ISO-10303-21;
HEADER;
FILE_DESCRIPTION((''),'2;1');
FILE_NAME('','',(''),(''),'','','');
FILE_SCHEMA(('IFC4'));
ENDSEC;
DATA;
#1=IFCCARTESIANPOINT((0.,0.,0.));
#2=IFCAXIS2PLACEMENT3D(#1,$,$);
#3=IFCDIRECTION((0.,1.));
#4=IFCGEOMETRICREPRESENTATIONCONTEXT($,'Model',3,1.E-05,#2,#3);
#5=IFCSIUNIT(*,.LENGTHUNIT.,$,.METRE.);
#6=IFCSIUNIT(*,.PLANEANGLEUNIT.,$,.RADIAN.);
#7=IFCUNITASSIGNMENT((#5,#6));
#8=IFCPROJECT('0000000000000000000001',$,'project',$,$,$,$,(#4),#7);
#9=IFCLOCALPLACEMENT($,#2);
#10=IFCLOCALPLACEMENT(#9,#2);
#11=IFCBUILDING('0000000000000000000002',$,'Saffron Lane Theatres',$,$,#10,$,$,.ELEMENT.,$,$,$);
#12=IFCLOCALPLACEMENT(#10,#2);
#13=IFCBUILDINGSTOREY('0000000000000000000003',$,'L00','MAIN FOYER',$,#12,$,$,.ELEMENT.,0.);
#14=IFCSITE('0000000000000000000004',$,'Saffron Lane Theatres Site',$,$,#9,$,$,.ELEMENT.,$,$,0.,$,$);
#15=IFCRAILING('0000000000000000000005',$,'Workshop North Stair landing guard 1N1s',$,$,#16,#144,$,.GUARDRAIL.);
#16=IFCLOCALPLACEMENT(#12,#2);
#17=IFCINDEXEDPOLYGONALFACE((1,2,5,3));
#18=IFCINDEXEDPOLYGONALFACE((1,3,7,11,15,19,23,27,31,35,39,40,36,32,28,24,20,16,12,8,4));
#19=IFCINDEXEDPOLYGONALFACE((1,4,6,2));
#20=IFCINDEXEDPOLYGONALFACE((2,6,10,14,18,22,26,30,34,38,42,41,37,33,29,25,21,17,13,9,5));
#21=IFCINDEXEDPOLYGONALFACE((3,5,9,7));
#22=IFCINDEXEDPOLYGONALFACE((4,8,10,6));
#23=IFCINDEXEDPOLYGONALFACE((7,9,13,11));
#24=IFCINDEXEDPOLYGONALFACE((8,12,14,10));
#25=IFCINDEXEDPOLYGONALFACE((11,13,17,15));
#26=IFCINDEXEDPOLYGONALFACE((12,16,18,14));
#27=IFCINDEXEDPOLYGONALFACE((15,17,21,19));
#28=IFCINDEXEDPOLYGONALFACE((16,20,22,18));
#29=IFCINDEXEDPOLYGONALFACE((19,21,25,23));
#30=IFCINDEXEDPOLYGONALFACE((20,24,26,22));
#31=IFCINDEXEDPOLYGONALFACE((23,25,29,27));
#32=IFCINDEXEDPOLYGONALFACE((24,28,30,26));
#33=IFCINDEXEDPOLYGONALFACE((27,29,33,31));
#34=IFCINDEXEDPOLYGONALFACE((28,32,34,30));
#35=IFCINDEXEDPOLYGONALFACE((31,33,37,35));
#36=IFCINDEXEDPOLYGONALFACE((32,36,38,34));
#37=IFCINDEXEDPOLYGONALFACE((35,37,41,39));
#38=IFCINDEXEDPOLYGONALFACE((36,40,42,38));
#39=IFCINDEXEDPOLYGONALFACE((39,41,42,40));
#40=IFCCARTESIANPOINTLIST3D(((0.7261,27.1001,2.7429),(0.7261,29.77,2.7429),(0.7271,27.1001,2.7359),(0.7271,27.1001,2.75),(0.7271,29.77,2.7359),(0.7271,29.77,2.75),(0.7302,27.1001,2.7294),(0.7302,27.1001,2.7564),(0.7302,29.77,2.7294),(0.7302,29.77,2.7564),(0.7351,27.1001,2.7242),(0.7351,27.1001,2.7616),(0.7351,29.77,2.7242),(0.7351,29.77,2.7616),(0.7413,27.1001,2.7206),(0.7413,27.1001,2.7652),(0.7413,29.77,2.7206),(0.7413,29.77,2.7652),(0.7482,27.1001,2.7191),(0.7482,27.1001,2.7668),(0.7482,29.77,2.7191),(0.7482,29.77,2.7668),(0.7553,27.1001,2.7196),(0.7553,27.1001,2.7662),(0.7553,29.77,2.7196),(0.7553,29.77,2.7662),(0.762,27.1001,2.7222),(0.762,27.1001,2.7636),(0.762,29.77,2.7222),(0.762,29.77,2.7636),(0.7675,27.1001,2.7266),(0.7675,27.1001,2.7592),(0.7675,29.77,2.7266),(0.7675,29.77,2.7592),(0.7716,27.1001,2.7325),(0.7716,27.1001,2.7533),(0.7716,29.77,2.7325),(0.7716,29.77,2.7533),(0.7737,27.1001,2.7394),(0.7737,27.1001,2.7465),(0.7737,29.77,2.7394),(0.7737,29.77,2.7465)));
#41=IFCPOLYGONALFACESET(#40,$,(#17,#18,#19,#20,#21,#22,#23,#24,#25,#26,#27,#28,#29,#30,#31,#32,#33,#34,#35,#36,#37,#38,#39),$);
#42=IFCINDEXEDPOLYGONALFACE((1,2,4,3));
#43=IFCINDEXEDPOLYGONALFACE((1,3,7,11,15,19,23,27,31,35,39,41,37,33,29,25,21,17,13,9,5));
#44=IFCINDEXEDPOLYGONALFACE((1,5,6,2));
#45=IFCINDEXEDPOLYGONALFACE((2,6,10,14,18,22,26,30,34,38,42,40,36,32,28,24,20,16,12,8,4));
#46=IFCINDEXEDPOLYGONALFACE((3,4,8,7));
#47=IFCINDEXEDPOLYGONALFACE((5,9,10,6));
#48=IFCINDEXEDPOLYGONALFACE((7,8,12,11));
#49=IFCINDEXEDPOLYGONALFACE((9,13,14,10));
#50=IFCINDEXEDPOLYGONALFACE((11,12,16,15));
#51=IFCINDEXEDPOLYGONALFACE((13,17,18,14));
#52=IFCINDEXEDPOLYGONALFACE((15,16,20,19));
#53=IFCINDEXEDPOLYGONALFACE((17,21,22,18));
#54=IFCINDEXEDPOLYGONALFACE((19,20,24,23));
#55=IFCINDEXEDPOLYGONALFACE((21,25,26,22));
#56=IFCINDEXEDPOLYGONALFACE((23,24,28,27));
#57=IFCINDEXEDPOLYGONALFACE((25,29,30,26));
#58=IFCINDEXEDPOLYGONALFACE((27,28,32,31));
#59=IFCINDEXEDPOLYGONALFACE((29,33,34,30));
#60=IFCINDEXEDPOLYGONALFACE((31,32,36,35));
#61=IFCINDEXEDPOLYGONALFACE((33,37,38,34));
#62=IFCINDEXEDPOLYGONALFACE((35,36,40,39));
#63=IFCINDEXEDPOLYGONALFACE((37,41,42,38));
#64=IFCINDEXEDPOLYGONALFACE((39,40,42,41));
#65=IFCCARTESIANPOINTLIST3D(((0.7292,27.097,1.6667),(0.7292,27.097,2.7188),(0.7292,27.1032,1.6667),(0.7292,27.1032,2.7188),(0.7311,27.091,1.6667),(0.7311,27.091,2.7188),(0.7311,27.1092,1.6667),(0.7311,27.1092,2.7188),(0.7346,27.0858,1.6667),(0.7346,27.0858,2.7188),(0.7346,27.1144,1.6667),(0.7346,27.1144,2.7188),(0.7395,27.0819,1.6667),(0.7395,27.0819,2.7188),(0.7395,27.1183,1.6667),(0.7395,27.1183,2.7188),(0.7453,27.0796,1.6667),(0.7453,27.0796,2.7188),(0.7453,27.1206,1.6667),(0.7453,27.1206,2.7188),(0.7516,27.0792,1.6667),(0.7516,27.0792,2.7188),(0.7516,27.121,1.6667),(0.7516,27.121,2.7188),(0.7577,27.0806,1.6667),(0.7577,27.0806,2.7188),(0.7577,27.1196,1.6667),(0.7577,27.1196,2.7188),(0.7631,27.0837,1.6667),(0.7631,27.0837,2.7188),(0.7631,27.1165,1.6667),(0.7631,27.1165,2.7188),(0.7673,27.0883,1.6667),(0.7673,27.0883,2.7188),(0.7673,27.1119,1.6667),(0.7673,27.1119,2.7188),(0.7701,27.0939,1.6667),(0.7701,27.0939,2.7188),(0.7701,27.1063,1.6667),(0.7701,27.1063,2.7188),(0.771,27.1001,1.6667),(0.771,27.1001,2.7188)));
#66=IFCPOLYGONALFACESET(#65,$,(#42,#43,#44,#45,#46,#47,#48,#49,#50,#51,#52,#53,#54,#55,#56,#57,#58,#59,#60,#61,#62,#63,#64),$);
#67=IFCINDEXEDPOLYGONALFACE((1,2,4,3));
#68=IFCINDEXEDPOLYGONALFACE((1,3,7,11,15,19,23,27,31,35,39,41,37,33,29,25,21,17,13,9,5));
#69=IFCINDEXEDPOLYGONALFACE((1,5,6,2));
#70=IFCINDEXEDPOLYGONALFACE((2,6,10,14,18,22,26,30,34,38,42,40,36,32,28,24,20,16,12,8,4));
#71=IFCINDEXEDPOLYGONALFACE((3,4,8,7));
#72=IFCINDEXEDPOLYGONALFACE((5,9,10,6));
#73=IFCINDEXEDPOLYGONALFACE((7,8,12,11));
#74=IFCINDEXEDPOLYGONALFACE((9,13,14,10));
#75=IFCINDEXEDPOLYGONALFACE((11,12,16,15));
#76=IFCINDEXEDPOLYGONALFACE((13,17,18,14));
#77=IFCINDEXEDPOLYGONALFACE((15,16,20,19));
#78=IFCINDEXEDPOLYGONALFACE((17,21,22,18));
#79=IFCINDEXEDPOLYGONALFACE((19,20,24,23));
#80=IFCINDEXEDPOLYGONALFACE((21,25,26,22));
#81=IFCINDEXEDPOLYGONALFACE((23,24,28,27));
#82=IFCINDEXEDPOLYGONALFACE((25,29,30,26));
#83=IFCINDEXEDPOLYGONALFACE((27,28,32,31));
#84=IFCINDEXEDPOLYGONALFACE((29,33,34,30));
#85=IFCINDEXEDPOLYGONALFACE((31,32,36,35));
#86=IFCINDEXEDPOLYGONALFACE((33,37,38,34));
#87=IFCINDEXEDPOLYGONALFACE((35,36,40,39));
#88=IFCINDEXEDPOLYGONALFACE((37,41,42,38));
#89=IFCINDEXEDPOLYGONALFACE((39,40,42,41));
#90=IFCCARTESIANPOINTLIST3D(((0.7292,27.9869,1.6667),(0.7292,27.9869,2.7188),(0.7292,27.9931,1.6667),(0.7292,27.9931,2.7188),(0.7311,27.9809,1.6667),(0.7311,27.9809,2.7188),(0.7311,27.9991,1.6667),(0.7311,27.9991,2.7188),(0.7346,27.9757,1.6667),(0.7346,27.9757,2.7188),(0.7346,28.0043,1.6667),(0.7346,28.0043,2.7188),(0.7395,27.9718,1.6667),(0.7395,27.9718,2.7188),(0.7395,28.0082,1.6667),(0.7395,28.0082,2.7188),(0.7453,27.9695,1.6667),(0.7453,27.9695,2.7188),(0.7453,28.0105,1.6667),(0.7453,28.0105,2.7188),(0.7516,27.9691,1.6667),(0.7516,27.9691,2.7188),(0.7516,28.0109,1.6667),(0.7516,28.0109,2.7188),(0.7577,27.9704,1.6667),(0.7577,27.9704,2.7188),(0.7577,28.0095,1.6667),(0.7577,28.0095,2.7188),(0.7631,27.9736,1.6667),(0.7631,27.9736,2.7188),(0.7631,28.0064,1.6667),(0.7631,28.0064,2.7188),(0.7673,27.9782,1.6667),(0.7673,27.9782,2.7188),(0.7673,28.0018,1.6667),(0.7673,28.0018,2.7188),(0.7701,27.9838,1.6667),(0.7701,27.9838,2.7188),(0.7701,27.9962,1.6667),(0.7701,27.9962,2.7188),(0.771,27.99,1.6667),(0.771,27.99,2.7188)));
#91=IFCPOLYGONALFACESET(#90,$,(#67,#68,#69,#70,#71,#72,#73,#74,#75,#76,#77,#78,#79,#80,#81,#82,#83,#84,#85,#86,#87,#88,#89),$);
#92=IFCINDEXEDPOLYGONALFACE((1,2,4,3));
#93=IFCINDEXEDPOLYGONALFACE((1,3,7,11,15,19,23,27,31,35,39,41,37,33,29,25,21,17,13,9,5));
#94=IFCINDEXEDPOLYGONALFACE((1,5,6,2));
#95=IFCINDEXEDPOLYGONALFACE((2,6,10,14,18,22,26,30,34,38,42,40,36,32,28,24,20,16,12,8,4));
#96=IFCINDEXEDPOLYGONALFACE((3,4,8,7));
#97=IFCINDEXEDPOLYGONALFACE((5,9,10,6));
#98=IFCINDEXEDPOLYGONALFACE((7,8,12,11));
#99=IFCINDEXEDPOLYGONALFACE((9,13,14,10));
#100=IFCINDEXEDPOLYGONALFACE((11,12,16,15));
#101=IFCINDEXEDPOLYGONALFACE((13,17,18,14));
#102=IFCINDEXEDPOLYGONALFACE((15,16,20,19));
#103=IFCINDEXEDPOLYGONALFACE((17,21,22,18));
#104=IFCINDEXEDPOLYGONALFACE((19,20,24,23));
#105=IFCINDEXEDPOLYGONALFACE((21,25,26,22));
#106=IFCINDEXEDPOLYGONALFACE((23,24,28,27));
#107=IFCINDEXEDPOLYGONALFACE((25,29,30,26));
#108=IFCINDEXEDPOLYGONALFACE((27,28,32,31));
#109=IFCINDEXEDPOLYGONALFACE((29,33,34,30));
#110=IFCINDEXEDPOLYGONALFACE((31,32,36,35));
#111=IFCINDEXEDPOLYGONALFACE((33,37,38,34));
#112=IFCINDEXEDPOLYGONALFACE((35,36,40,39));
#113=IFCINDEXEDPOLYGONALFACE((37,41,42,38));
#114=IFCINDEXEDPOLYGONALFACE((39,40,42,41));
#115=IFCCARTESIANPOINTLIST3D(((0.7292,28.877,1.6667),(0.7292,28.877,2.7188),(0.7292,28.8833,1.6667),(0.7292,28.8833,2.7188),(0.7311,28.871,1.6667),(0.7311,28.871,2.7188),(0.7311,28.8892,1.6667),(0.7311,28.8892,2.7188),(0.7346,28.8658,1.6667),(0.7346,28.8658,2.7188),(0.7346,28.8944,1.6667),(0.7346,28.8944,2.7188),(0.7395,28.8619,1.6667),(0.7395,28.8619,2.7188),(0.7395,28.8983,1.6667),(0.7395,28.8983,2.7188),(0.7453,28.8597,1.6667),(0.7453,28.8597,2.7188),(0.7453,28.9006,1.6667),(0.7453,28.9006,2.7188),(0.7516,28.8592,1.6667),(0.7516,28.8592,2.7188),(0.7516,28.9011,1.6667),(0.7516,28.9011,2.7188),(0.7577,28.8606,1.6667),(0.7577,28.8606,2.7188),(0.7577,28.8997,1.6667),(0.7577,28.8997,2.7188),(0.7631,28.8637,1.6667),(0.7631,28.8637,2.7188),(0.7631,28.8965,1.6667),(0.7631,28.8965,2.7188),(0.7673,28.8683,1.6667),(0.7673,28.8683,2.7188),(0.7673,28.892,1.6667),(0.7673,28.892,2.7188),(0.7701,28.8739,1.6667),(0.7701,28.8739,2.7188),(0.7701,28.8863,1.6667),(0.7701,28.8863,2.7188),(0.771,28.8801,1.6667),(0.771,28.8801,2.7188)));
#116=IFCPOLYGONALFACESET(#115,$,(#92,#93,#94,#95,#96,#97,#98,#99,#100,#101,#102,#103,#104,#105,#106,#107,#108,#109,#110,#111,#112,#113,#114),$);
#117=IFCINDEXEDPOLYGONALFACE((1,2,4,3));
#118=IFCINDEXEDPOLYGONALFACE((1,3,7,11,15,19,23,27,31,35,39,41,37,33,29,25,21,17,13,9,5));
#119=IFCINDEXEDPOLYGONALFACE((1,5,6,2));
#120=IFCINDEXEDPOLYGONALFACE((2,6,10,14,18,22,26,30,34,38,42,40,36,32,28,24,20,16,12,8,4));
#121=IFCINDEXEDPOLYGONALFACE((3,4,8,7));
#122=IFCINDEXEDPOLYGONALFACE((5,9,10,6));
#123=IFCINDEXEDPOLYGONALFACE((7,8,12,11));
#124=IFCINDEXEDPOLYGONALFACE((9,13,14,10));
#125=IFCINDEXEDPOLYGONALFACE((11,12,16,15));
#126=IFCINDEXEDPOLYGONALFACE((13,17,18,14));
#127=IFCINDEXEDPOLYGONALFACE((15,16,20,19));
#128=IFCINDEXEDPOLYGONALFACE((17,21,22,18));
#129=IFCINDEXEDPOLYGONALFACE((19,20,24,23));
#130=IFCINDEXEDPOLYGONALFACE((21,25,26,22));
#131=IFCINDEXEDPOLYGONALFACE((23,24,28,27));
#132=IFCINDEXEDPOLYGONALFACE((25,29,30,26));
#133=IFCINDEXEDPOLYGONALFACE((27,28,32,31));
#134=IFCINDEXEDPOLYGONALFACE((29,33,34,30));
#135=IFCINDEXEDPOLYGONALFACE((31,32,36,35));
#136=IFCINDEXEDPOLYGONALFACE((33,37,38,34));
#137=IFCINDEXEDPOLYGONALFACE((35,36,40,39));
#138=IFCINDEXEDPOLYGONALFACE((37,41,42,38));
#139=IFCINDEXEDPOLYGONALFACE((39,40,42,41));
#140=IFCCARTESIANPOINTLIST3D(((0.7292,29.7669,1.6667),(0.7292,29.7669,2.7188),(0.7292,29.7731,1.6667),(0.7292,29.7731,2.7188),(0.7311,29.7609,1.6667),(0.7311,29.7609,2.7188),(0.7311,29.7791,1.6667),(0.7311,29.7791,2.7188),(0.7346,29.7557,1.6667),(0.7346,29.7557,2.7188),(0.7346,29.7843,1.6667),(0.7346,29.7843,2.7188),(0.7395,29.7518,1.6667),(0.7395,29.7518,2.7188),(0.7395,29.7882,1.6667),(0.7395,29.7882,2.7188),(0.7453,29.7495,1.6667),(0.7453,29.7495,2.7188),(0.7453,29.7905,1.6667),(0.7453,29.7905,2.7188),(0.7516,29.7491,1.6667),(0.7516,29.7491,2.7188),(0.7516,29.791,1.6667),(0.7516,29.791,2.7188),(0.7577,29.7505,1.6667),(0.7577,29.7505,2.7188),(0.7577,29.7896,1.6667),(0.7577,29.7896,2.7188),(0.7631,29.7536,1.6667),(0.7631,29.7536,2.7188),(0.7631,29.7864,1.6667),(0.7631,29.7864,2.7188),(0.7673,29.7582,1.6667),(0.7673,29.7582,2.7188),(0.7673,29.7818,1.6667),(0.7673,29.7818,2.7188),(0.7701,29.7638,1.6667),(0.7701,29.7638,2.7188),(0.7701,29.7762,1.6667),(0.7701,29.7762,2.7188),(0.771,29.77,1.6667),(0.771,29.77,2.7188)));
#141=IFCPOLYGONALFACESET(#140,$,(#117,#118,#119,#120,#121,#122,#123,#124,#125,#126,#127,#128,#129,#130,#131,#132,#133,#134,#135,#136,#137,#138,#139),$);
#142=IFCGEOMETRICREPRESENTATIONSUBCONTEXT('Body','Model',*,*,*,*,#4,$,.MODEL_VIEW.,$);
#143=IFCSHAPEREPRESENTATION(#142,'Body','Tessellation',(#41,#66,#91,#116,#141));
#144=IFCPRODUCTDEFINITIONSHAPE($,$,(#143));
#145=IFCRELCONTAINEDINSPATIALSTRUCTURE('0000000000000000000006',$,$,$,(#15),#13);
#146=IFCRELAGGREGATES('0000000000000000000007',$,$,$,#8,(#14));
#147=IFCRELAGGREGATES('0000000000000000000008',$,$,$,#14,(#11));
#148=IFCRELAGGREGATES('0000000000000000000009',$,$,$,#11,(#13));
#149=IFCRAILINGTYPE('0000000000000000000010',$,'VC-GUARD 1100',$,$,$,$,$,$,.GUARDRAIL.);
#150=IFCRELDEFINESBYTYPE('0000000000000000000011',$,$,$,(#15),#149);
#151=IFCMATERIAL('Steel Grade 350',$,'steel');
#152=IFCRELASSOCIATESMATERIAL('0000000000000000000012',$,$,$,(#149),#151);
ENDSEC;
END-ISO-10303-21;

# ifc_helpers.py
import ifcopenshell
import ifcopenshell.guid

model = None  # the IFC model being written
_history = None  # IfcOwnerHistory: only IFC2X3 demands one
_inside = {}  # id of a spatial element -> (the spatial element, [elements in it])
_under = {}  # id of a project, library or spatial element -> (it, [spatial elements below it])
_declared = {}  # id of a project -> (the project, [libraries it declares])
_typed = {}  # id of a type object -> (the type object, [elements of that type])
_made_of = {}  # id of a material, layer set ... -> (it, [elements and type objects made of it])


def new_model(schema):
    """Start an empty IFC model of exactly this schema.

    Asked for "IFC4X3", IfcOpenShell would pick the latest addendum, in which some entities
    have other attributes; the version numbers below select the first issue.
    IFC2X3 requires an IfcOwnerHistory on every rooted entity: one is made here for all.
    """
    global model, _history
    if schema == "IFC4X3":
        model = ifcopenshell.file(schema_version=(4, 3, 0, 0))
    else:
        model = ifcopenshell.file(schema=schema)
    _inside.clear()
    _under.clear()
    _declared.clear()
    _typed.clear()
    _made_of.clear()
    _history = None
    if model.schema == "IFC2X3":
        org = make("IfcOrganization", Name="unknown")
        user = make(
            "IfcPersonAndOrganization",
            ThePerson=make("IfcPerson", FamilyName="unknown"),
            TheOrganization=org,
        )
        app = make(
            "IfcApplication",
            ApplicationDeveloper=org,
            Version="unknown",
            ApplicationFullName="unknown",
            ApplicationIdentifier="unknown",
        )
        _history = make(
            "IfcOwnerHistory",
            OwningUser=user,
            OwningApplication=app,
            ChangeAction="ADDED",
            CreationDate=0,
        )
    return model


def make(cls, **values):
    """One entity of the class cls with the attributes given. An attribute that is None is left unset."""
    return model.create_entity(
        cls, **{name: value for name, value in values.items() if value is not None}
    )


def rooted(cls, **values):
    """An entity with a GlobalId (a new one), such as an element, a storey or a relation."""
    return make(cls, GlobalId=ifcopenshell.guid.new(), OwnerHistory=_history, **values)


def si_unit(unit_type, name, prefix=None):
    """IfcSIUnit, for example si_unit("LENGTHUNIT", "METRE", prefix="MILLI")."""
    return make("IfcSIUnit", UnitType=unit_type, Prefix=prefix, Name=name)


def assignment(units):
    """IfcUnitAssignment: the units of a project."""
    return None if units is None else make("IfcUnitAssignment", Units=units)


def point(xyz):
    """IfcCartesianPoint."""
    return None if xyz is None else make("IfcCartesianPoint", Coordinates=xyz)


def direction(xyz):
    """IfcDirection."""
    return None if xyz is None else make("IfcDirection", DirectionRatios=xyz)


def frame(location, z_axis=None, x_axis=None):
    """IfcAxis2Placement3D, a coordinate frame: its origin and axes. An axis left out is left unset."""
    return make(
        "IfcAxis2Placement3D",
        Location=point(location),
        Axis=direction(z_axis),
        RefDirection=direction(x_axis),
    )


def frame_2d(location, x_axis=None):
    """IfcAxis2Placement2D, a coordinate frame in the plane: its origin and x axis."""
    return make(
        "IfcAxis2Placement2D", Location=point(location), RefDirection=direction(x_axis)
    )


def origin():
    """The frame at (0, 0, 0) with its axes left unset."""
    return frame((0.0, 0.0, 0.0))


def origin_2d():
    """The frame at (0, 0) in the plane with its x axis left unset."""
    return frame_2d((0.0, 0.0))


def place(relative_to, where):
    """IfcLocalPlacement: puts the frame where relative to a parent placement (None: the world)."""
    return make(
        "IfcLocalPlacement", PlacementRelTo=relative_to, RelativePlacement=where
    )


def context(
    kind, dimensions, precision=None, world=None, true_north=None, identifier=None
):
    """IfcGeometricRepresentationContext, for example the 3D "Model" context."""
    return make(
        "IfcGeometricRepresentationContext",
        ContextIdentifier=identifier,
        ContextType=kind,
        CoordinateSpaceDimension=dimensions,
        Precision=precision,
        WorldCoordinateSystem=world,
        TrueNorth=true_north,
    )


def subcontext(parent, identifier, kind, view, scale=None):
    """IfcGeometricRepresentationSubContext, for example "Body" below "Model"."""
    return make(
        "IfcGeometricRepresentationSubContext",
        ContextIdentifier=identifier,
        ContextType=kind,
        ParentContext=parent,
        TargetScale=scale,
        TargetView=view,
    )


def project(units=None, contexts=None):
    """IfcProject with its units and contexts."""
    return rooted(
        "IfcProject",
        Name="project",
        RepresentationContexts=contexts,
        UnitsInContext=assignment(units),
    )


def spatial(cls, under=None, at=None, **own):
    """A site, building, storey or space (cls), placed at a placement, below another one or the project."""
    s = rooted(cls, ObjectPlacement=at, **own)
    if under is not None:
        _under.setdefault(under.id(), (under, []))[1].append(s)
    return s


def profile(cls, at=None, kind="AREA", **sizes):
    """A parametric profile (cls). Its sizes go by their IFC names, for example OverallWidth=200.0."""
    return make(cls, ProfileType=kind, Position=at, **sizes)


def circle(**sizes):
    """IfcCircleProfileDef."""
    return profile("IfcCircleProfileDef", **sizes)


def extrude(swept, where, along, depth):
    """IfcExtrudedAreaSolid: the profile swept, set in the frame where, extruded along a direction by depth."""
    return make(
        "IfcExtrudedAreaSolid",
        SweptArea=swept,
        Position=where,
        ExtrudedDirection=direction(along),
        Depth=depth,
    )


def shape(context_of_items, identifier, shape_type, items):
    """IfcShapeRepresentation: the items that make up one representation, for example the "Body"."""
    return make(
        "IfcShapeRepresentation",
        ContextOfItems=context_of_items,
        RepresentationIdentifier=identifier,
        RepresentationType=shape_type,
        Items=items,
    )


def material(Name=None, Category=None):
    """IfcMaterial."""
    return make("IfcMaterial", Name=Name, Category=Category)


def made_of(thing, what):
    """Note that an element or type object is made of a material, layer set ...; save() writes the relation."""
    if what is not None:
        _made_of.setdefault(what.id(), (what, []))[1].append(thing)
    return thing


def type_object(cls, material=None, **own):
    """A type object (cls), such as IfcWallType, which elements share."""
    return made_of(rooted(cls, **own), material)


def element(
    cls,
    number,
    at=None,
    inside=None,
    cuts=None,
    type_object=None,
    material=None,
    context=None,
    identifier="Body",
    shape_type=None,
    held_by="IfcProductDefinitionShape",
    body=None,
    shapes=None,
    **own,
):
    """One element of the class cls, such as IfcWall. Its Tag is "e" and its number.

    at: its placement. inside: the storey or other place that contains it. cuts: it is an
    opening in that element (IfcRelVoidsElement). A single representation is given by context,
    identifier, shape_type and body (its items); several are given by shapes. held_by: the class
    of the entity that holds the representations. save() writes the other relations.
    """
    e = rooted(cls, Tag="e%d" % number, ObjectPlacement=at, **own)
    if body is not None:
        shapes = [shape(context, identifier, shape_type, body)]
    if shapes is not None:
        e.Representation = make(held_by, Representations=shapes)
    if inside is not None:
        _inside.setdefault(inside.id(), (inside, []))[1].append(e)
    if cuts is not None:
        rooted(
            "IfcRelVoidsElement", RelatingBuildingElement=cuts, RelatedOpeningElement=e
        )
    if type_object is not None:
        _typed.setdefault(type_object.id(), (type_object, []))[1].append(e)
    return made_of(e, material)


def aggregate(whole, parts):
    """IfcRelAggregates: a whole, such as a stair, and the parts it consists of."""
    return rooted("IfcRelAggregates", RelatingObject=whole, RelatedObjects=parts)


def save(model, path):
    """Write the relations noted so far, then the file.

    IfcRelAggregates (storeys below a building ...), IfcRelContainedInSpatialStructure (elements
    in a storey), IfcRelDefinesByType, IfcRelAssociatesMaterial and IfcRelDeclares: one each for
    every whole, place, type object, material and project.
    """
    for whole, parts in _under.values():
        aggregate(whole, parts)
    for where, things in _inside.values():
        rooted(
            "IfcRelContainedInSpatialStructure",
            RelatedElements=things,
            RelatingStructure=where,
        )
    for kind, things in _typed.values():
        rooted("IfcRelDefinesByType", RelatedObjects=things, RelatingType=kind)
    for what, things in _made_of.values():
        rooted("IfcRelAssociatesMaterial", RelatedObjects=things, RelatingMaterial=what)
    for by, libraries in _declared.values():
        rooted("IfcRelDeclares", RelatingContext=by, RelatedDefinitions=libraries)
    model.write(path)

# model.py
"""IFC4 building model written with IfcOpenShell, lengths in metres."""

from ifc_helpers import new_model, si_unit, direction, frame, origin, origin_2d, place, context, subcontext, project, spatial, circle, extrude, material, type_object, element, save


model = new_model("IFC4")

# Units and contexts
model_context = context("Model", 3, precision=1e-05, world=origin(), true_north=direction((0.0, 1.0)))
body_context = subcontext(model_context, "Body", "Model", "MODEL_VIEW")
ifc_project = project(units=[si_unit("LENGTHUNIT", "METRE"), si_unit("PLANEANGLEUNIT", "RADIAN")], contexts=[model_context])

# Site, building, storey
site_placement = place(None, origin())
site = spatial("IfcSite", under=ifc_project, at=site_placement, Name="Saffron Lane Theatres Site", CompositionType="ELEMENT", RefElevation=0.0)
building_placement = place(site_placement, origin())
building = spatial("IfcBuilding", under=site, at=building_placement, Name="Saffron Lane Theatres", CompositionType="ELEMENT")
storey_placement = place(building_placement, origin())
storey = spatial("IfcBuildingStorey", under=building, at=storey_placement, Name="L00", Description="MAIN FOYER", CompositionType="ELEMENT", Elevation=0.0)

# Railing
ifc_material_1 = material(Name="Steel Grade 350", Category="steel")
railing_type_1 = type_object("IfcRailingType", Name="VC-GUARD 1100", PredefinedType="GUARDRAIL", material=ifc_material_1)
railing_1_placement = place(storey_placement, frame((0.75, 27.1001, 1.6667)))
element("IfcRailing", 1, at=railing_1_placement, inside=storey, type_object=railing_type_1, Name="Workshop North Stair landing guard 1N1s", PredefinedType="GUARDRAIL", context=body_context, shape_type="SweptSolid", body=[
    extrude(circle(Radius=0.0239, at=origin_2d()), frame((0.0, 0.0, 1.0762), z_axis=(0.0, 1.0, 0.0), x_axis=(-1.0, 0.0, 0.0)), (0.0, 0.0, 1.0), 2.6699),
    extrude(circle(Radius=0.021, at=origin_2d()), origin(), (0.0, 0.0, 1.0), 1.052),
    extrude(circle(Radius=0.021, at=origin_2d()), frame((0.0, 0.8899, 0.0)), (0.0, 0.0, 1.0), 1.052),
    extrude(circle(Radius=0.021, at=origin_2d()), frame((0.0, 1.78, 0.0)), (0.0, 0.0, 1.0), 1.052),
    extrude(circle(Radius=0.021, at=origin_2d()), frame((0.0, 2.6699, 0.0)), (0.0, 0.0, 1.0), 1.052),
])

save(model, "model.ifc")
